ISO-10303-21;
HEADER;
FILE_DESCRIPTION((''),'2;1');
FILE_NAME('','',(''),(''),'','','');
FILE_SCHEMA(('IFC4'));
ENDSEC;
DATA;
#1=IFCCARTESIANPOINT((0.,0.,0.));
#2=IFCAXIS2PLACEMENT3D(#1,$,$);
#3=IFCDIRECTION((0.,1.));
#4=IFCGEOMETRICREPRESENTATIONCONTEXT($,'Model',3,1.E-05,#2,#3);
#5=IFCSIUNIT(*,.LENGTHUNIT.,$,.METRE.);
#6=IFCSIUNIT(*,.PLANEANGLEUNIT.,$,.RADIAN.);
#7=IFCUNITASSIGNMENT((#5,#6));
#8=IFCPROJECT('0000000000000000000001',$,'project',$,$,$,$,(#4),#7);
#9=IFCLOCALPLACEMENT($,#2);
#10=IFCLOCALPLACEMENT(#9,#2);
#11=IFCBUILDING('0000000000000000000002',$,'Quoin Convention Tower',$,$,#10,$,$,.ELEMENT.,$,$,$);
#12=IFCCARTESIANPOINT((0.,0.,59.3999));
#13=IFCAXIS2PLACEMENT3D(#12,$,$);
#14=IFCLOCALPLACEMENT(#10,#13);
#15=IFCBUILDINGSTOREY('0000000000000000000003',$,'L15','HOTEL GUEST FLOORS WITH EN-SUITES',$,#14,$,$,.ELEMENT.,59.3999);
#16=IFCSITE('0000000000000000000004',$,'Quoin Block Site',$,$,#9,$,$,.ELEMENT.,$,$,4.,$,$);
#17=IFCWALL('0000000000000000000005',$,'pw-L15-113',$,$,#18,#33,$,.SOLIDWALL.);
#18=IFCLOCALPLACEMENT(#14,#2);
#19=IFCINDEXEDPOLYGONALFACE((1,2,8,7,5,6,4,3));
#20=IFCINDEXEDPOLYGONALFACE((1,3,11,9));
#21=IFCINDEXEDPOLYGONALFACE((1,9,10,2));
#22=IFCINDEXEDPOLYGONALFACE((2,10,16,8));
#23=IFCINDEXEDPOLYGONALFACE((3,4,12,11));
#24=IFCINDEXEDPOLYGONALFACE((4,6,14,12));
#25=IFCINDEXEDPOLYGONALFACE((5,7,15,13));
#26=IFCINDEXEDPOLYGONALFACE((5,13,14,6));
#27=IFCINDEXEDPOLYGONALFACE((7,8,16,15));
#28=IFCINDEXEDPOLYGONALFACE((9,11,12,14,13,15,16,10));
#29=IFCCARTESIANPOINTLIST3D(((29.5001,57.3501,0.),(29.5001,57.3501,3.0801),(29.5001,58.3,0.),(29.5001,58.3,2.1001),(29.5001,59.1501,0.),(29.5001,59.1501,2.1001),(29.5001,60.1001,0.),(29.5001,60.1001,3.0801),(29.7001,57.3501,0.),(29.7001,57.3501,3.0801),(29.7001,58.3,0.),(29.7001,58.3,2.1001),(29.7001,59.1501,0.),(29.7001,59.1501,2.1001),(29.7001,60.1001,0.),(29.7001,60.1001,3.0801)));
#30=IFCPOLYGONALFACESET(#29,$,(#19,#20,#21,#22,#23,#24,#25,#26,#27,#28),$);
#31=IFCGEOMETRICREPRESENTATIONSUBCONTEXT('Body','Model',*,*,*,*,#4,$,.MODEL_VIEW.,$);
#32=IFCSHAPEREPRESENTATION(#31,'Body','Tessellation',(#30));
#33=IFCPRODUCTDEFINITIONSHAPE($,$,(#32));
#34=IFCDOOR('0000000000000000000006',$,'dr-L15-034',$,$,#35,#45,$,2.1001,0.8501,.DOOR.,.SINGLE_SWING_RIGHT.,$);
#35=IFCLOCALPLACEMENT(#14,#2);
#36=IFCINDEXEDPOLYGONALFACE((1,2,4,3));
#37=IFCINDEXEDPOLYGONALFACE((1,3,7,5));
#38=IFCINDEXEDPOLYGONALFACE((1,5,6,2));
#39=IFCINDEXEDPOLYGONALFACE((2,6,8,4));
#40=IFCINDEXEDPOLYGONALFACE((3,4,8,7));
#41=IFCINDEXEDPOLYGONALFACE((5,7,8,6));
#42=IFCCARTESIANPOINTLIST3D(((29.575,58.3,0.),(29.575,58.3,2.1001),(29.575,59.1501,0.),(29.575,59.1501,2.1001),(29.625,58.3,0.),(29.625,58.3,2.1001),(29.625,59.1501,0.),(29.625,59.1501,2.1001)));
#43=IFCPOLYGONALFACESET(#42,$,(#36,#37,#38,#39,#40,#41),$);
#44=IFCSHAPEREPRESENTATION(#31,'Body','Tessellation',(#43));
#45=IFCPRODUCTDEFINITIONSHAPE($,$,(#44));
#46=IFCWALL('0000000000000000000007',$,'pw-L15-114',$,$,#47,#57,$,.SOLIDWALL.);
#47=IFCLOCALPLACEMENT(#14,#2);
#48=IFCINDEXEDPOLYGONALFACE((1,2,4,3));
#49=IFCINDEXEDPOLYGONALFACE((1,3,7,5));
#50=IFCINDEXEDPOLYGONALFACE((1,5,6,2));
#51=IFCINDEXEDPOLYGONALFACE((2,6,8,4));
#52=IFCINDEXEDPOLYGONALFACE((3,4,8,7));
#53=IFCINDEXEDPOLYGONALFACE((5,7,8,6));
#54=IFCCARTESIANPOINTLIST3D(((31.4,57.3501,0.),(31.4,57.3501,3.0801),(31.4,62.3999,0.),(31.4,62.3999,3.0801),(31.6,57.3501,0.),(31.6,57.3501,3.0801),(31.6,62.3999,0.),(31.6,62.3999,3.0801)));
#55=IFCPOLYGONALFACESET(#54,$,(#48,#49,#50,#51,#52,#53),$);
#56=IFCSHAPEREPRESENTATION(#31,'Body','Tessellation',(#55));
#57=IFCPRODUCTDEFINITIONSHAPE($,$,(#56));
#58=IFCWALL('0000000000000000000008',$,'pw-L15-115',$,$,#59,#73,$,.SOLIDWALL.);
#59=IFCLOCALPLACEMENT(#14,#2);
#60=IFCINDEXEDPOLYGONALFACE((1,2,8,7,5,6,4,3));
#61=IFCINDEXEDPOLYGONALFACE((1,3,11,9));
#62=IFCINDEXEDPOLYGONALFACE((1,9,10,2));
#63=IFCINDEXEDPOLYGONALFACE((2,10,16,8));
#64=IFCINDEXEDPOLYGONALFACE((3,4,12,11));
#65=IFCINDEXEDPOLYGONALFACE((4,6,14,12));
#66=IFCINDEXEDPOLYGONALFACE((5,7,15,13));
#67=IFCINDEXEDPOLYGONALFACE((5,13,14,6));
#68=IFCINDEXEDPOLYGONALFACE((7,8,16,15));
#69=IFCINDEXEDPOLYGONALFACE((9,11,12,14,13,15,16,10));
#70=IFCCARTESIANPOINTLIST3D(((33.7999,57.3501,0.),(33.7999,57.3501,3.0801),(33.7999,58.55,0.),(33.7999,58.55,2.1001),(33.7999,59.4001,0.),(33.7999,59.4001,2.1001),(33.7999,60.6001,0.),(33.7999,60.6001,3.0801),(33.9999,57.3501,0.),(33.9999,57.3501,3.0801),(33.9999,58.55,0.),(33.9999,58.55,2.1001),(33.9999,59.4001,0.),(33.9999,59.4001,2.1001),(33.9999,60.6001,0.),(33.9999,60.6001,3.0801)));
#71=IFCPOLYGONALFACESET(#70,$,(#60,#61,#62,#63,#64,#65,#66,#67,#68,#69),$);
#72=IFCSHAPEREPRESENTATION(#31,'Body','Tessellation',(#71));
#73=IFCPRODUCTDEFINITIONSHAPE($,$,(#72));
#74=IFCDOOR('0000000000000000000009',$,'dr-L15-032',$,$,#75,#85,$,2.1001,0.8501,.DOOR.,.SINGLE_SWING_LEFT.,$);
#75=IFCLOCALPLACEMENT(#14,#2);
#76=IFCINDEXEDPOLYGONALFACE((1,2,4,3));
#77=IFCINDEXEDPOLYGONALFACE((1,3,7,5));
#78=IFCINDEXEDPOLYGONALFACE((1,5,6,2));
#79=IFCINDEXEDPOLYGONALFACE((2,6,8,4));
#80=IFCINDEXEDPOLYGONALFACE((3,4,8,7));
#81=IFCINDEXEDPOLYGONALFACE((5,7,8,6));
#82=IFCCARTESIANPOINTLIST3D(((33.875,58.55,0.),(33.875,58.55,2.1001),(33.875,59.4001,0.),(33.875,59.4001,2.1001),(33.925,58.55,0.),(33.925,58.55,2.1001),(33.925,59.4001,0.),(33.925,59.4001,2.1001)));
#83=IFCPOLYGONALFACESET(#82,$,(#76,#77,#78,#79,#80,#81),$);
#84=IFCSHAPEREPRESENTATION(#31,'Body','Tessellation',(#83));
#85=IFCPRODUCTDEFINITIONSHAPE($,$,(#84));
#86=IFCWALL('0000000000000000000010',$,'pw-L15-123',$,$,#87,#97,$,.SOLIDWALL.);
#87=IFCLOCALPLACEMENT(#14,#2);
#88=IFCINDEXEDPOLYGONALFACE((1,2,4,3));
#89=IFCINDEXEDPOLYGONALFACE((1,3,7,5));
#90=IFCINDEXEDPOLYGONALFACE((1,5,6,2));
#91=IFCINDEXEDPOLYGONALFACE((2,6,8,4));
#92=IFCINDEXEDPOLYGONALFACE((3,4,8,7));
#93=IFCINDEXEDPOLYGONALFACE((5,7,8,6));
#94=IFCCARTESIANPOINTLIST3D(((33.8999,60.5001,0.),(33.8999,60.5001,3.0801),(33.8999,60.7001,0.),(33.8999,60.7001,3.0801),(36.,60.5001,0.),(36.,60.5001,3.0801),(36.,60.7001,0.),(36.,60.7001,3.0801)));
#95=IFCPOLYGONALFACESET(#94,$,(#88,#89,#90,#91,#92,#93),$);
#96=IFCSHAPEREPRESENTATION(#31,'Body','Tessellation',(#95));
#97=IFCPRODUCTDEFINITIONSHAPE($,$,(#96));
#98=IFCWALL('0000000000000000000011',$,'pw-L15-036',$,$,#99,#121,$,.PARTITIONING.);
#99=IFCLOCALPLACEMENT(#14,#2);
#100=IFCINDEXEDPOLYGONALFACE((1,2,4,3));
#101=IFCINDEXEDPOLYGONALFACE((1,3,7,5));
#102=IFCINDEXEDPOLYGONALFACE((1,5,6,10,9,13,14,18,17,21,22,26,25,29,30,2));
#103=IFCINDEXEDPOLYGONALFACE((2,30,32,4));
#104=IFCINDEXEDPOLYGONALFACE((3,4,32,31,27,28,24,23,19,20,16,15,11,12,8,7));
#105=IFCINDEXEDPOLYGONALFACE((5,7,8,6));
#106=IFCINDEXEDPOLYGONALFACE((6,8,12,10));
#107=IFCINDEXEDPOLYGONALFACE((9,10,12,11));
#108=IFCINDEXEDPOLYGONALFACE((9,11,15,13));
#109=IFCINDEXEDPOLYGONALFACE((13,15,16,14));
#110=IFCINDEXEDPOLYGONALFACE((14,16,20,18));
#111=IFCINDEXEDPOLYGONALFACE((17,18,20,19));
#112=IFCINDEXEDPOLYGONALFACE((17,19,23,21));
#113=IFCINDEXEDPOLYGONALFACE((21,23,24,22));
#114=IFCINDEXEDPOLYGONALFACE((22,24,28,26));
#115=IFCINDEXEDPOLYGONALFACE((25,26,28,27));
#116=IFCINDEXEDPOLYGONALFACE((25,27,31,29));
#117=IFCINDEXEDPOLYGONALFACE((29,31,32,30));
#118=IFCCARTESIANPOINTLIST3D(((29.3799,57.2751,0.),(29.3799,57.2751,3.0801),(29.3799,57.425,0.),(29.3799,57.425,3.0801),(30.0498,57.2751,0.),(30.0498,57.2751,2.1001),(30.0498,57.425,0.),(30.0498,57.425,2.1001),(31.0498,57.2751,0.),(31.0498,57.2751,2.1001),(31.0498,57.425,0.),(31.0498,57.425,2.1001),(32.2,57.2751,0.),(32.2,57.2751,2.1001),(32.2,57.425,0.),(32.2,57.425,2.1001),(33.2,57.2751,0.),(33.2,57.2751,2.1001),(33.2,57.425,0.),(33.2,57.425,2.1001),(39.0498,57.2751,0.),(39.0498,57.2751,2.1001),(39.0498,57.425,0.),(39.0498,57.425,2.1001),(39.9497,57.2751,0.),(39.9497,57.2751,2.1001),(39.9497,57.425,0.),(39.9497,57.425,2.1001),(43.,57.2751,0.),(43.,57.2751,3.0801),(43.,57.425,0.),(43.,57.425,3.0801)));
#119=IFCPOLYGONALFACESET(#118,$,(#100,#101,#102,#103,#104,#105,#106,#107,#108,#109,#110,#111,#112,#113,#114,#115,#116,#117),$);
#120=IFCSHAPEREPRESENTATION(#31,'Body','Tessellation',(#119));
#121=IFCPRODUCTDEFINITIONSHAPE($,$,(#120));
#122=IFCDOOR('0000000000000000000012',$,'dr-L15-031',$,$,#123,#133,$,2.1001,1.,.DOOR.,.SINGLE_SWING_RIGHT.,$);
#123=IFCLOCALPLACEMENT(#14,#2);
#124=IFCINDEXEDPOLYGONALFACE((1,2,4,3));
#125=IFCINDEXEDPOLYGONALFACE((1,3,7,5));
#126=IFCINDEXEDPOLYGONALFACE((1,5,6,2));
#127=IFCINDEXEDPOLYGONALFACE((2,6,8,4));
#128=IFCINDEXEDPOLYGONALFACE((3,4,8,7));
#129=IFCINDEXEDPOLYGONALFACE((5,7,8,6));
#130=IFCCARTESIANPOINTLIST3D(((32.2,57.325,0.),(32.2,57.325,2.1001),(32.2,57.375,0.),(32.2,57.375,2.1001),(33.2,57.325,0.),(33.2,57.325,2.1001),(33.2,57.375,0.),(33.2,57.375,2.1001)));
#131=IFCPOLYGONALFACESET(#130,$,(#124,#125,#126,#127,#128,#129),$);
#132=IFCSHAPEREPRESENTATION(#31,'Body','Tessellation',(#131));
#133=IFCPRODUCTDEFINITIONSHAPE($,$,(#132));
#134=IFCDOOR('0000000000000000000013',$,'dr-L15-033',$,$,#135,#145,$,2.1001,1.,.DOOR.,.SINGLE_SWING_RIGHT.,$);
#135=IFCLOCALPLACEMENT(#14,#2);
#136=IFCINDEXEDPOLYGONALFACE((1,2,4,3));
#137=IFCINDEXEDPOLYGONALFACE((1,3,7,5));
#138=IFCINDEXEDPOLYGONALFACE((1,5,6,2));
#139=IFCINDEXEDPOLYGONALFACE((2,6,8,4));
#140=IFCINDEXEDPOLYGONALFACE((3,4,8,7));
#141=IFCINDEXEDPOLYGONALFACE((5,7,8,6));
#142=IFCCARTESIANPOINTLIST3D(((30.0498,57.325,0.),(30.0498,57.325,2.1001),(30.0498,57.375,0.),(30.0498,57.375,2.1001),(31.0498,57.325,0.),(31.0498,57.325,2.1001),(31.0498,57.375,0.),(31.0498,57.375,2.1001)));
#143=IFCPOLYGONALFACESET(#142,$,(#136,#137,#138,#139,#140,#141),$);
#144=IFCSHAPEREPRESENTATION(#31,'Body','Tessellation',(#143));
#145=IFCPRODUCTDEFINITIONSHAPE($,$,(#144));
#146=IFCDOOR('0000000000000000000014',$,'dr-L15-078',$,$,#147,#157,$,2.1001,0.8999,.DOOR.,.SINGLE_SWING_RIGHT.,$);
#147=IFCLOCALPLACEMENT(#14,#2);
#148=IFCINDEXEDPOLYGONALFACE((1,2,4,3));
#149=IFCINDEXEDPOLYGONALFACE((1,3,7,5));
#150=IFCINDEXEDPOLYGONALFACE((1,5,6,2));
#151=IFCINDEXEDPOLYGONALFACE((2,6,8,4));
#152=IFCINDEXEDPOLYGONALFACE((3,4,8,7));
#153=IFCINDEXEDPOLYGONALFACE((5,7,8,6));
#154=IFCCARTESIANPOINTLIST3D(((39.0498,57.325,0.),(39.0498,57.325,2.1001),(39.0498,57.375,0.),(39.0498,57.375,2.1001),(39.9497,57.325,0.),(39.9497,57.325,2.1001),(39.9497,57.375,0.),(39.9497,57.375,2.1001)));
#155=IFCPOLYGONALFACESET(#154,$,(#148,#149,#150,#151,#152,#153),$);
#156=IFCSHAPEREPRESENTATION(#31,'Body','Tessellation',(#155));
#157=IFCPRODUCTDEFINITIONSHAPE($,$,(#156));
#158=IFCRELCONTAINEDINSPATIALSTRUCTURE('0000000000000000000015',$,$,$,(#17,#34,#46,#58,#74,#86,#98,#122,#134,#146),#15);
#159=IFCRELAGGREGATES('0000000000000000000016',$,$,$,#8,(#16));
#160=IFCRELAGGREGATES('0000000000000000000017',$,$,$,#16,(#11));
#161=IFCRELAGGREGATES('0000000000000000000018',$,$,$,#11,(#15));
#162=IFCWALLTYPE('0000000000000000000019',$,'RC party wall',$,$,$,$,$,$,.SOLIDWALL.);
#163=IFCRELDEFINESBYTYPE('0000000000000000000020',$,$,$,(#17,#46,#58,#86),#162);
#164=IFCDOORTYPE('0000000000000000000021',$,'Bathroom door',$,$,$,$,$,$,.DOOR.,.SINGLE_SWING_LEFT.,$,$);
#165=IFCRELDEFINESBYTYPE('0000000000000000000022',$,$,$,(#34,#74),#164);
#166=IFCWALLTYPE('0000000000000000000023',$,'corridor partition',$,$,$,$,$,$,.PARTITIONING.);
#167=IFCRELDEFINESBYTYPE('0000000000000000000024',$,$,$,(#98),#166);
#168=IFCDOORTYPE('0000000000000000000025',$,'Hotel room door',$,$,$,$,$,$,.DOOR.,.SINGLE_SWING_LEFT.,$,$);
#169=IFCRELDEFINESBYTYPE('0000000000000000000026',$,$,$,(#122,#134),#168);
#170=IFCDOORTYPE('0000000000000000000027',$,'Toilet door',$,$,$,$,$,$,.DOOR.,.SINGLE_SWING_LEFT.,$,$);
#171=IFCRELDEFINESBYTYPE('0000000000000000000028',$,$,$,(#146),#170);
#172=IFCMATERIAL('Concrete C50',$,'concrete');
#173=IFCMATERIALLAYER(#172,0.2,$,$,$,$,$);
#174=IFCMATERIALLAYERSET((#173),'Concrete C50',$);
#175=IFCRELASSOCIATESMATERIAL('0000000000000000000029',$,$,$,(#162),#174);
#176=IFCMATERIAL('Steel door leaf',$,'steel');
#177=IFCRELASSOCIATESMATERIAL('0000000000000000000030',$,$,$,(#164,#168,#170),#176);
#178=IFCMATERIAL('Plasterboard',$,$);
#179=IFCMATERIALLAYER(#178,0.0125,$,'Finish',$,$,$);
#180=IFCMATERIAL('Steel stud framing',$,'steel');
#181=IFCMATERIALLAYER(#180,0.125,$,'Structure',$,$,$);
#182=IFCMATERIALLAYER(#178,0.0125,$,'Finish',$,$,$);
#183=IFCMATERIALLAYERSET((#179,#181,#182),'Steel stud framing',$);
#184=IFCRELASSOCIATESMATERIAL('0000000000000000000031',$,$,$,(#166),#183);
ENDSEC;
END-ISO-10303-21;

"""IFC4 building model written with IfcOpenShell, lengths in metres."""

from ifc_helpers import new_model, si_unit, direction, frame, frame_2d, origin, place, context, subcontext, project, spatial, rectangle, extrude, material, layer, layer_set, type_object, element, fill, save


model = new_model("IFC4")

# Units and contexts
model_context = context("Model", 3, precision=1e-05, world=origin(), true_north=direction((0.0, 1.0)))
body_context = subcontext(model_context, "Body", "Model", "MODEL_VIEW")
ifc_project = project(units=[si_unit("LENGTHUNIT", "METRE"), si_unit("PLANEANGLEUNIT", "RADIAN")], contexts=[model_context])

# Site, building, storey
site_placement = place(None, origin())
site = spatial("IfcSite", under=ifc_project, at=site_placement, Name="Quoin Block Site", CompositionType="ELEMENT", RefElevation=4.0)
building_placement = place(site_placement, origin())
building = spatial("IfcBuilding", under=site, at=building_placement, Name="Quoin Convention Tower", CompositionType="ELEMENT")
storey_placement = place(building_placement, frame((0.0, 0.0, 59.3999)))
storey = spatial("IfcBuildingStorey", under=building, at=storey_placement, Name="L15", Description="HOTEL GUEST FLOORS WITH EN-SUITES", CompositionType="ELEMENT", Elevation=59.3999)

# Wall, opening, door
ifc_material_1 = material(Name="Concrete C50", Category="concrete")
ifc_layer_1 = layer(ifc_material_1, 0.2)
ifc_layer_set_1 = layer_set([ifc_layer_1], Name="Concrete C50")
wall_type_1 = type_object("IfcWallType", Name="RC party wall", PredefinedType="SOLIDWALL", material=ifc_layer_set_1)
wall_1_placement = place(storey_placement, frame((29.6001, 57.3501, 0.0), z_axis=(0.0, 0.0, 1.0), x_axis=(0.0, 1.0, 0.0)))
wall_1 = element("IfcWall", 1, at=wall_1_placement, inside=storey, type_object=wall_type_1, Name="pw-L15-113", PredefinedType="SOLIDWALL", context=body_context, shape_type="SweptSolid", body=[
    extrude(rectangle(XDim=2.75, YDim=0.2, at=frame_2d((1.375, 0.0))), origin(), (0.0, 0.0, 1.0), 3.0801),
])
opening_1_placement = place(wall_1_placement, frame((0.95, 0.0, 0.0)))
opening_1 = element("IfcOpeningElement", 2, at=opening_1_placement, cuts=wall_1, PredefinedType="OPENING", context=body_context, shape_type="SweptSolid", body=[
    extrude(rectangle(XDim=0.8501, YDim=2.1001, at=frame_2d((0.425, 1.05))), frame((0.0, 0.1099, 0.0), z_axis=(0.0, -1.0, 0.0), x_axis=(1.0, 0.0, 0.0)), (0.0, 0.0, 1.0), 0.22),
])
ifc_material_2 = material(Name="Steel door leaf", Category="steel")
door_type_1 = type_object("IfcDoorType", Name="Bathroom door", OperationType="SINGLE_SWING_LEFT", PredefinedType="DOOR", material=ifc_material_2)
door_1_placement = place(opening_1_placement, frame((0.8501, 0.0, 0.0), z_axis=(0.0, 0.0, 1.0), x_axis=(-1.0, 0.0, 0.0)))
door_1 = element("IfcDoor", 3, at=door_1_placement, inside=storey, type_object=door_type_1, Name="dr-L15-034", OperationType="SINGLE_SWING_RIGHT", OverallHeight=2.1001, OverallWidth=0.8501, PredefinedType="DOOR", context=body_context, shape_type="SweptSolid", body=[
    extrude(rectangle(XDim=0.8501, YDim=2.1001, at=frame_2d((0.425, 1.05))), frame((0.0, 0.0249, 0.0), z_axis=(0.0, -1.0, 0.0), x_axis=(1.0, 0.0, 0.0)), (0.0, 0.0, 1.0), 0.05),
])
fill(opening_1, door_1)

# Wall
wall_2_placement = place(storey_placement, frame((31.5, 57.3501, 0.0), z_axis=(0.0, 0.0, 1.0), x_axis=(0.0, 1.0, 0.0)))
element("IfcWall", 4, at=wall_2_placement, inside=storey, type_object=wall_type_1, Name="pw-L15-114", PredefinedType="SOLIDWALL", context=body_context, shape_type="SweptSolid", body=[
    extrude(rectangle(XDim=5.0498, YDim=0.2, at=frame_2d((2.5249, 0.0))), origin(), (0.0, 0.0, 1.0), 3.0801),
])

# Wall, opening, door
wall_3_placement = place(storey_placement, frame((33.8999, 57.3501, 0.0), z_axis=(0.0, 0.0, 1.0), x_axis=(0.0, 1.0, 0.0)))
wall_3 = element("IfcWall", 5, at=wall_3_placement, inside=storey, type_object=wall_type_1, Name="pw-L15-115", PredefinedType="SOLIDWALL", context=body_context, shape_type="SweptSolid", body=[
    extrude(rectangle(XDim=3.25, YDim=0.2, at=frame_2d((1.625, 0.0))), origin(), (0.0, 0.0, 1.0), 3.0801),
])
opening_2_placement = place(wall_3_placement, frame((1.2, 0.0, 0.0)))
opening_2 = element("IfcOpeningElement", 6, at=opening_2_placement, cuts=wall_3, PredefinedType="OPENING", context=body_context, shape_type="SweptSolid", body=[
    extrude(rectangle(XDim=0.8501, YDim=2.1001, at=frame_2d((0.425, 1.05))), frame((0.0, 0.1099, 0.0), z_axis=(0.0, -1.0, 0.0), x_axis=(1.0, 0.0, 0.0)), (0.0, 0.0, 1.0), 0.22),
])
door_2_placement = place(opening_2_placement, origin())
door_2 = element("IfcDoor", 7, at=door_2_placement, inside=storey, type_object=door_type_1, Name="dr-L15-032", OperationType="SINGLE_SWING_LEFT", OverallHeight=2.1001, OverallWidth=0.8501, PredefinedType="DOOR", context=body_context, shape_type="SweptSolid", body=[
    extrude(rectangle(XDim=0.8501, YDim=2.1001, at=frame_2d((0.425, 1.05))), frame((0.0, 0.0249, 0.0), z_axis=(0.0, -1.0, 0.0), x_axis=(1.0, 0.0, 0.0)), (0.0, 0.0, 1.0), 0.05),
])
fill(opening_2, door_2)

# Wall
wall_4_placement = place(storey_placement, frame((33.8999, 60.6001, 0.0), z_axis=(0.0, 0.0, 1.0), x_axis=(1.0, 0.0, 0.0)))
element("IfcWall", 8, at=wall_4_placement, inside=storey, type_object=wall_type_1, Name="pw-L15-123", PredefinedType="SOLIDWALL", context=body_context, shape_type="SweptSolid", body=[
    extrude(rectangle(XDim=2.1001, YDim=0.2, at=frame_2d((1.05, 0.0))), origin(), (0.0, 0.0, 1.0), 3.0801),
])

# Wall, openings, doors
ifc_material_3 = material(Name="Plasterboard")
ifc_layer_2 = layer(ifc_material_3, 0.0125, Name="Finish")
ifc_material_4 = material(Name="Steel stud framing", Category="steel")
ifc_layer_3 = layer(ifc_material_4, 0.125, Name="Structure")
ifc_layer_4 = layer(ifc_material_3, 0.0125, Name="Finish")
ifc_layer_set_2 = layer_set([ifc_layer_2, ifc_layer_3, ifc_layer_4], Name="Steel stud framing")
wall_type_2 = type_object("IfcWallType", Name="corridor partition", PredefinedType="PARTITIONING", material=ifc_layer_set_2)
wall_5_placement = place(storey_placement, frame((29.3799, 57.3501, 0.0), z_axis=(0.0, 0.0, 1.0), x_axis=(1.0, 0.0, 0.0)))
wall_5 = element("IfcWall", 9, at=wall_5_placement, inside=storey, type_object=wall_type_2, Name="pw-L15-036", PredefinedType="PARTITIONING", context=body_context, shape_type="SweptSolid", body=[
    extrude(rectangle(XDim=13.6201, YDim=0.1499, at=frame_2d((6.8101, 0.0))), origin(), (0.0, 0.0, 1.0), 3.0801),
])
opening_3_placement = place(wall_5_placement, frame((2.8201, 0.0, 0.0)))
opening_3 = element("IfcOpeningElement", 10, at=opening_3_placement, cuts=wall_5, PredefinedType="OPENING", context=body_context, shape_type="SweptSolid", body=[
    extrude(rectangle(XDim=1.0, YDim=2.1001, at=frame_2d((0.5, 1.05))), frame((0.0, 0.085, 0.0), z_axis=(0.0, -1.0, 0.0), x_axis=(1.0, 0.0, 0.0)), (0.0, 0.0, 1.0), 0.1699),
])
opening_4_placement = place(wall_5_placement, frame((0.6699, 0.0, 0.0)))
opening_4 = element("IfcOpeningElement", 11, at=opening_4_placement, cuts=wall_5, PredefinedType="OPENING", context=body_context, shape_type="SweptSolid", body=[
    extrude(rectangle(XDim=1.0, YDim=2.1001, at=frame_2d((0.5, 1.05))), frame((0.0, 0.085, 0.0), z_axis=(0.0, -1.0, 0.0), x_axis=(1.0, 0.0, 0.0)), (0.0, 0.0, 1.0), 0.1699),
])
opening_5_placement = place(wall_5_placement, frame((9.6699, 0.0, 0.0)))
opening_5 = element("IfcOpeningElement", 12, at=opening_5_placement, cuts=wall_5, PredefinedType="OPENING", context=body_context, shape_type="SweptSolid", body=[
    extrude(rectangle(XDim=0.8999, YDim=2.1001, at=frame_2d((0.45, 1.05))), frame((0.0, 0.085, 0.0), z_axis=(0.0, -1.0, 0.0), x_axis=(1.0, 0.0, 0.0)), (0.0, 0.0, 1.0), 0.1699),
])
door_type_2 = type_object("IfcDoorType", Name="Hotel room door", OperationType="SINGLE_SWING_LEFT", PredefinedType="DOOR", material=ifc_material_2)
door_3_placement = place(opening_3_placement, origin())
door_3 = element("IfcDoor", 13, at=door_3_placement, inside=storey, type_object=door_type_2, Name="dr-L15-031", OperationType="SINGLE_SWING_RIGHT", OverallHeight=2.1001, OverallWidth=1.0, PredefinedType="DOOR", context=body_context, shape_type="SweptSolid", body=[
    extrude(rectangle(XDim=1.0, YDim=2.1001, at=frame_2d((0.5, 1.05))), frame((0.0, 0.0249, 0.0), z_axis=(0.0, -1.0, 0.0), x_axis=(1.0, 0.0, 0.0)), (0.0, 0.0, 1.0), 0.05),
])
fill(opening_3, door_3)
door_4_placement = place(opening_4_placement, origin())
door_4 = element("IfcDoor", 14, at=door_4_placement, inside=storey, type_object=door_type_2, Name="dr-L15-033", OperationType="SINGLE_SWING_RIGHT", OverallHeight=2.1001, OverallWidth=1.0, PredefinedType="DOOR", context=body_context, shape_type="SweptSolid", body=[
    extrude(rectangle(XDim=1.0, YDim=2.1001, at=frame_2d((0.5, 1.05))), frame((0.0, 0.0249, 0.0), z_axis=(0.0, -1.0, 0.0), x_axis=(1.0, 0.0, 0.0)), (0.0, 0.0, 1.0), 0.05),
])
fill(opening_4, door_4)
door_type_3 = type_object("IfcDoorType", Name="Toilet door", OperationType="SINGLE_SWING_LEFT", PredefinedType="DOOR", material=ifc_material_2)
door_5_placement = place(opening_5_placement, origin())
door_5 = element("IfcDoor", 15, at=door_5_placement, inside=storey, type_object=door_type_3, Name="dr-L15-078", OperationType="SINGLE_SWING_RIGHT", OverallHeight=2.1001, OverallWidth=0.8999, PredefinedType="DOOR", context=body_context, shape_type="SweptSolid", body=[
    extrude(rectangle(XDim=0.8999, YDim=2.1001, at=frame_2d((0.45, 1.05))), frame((0.0, 0.0249, 0.0), z_axis=(0.0, -1.0, 0.0), x_axis=(1.0, 0.0, 0.0)), (0.0, 0.0, 1.0), 0.05),
])
fill(opening_5, door_5)

save(model, "model.ifc")
